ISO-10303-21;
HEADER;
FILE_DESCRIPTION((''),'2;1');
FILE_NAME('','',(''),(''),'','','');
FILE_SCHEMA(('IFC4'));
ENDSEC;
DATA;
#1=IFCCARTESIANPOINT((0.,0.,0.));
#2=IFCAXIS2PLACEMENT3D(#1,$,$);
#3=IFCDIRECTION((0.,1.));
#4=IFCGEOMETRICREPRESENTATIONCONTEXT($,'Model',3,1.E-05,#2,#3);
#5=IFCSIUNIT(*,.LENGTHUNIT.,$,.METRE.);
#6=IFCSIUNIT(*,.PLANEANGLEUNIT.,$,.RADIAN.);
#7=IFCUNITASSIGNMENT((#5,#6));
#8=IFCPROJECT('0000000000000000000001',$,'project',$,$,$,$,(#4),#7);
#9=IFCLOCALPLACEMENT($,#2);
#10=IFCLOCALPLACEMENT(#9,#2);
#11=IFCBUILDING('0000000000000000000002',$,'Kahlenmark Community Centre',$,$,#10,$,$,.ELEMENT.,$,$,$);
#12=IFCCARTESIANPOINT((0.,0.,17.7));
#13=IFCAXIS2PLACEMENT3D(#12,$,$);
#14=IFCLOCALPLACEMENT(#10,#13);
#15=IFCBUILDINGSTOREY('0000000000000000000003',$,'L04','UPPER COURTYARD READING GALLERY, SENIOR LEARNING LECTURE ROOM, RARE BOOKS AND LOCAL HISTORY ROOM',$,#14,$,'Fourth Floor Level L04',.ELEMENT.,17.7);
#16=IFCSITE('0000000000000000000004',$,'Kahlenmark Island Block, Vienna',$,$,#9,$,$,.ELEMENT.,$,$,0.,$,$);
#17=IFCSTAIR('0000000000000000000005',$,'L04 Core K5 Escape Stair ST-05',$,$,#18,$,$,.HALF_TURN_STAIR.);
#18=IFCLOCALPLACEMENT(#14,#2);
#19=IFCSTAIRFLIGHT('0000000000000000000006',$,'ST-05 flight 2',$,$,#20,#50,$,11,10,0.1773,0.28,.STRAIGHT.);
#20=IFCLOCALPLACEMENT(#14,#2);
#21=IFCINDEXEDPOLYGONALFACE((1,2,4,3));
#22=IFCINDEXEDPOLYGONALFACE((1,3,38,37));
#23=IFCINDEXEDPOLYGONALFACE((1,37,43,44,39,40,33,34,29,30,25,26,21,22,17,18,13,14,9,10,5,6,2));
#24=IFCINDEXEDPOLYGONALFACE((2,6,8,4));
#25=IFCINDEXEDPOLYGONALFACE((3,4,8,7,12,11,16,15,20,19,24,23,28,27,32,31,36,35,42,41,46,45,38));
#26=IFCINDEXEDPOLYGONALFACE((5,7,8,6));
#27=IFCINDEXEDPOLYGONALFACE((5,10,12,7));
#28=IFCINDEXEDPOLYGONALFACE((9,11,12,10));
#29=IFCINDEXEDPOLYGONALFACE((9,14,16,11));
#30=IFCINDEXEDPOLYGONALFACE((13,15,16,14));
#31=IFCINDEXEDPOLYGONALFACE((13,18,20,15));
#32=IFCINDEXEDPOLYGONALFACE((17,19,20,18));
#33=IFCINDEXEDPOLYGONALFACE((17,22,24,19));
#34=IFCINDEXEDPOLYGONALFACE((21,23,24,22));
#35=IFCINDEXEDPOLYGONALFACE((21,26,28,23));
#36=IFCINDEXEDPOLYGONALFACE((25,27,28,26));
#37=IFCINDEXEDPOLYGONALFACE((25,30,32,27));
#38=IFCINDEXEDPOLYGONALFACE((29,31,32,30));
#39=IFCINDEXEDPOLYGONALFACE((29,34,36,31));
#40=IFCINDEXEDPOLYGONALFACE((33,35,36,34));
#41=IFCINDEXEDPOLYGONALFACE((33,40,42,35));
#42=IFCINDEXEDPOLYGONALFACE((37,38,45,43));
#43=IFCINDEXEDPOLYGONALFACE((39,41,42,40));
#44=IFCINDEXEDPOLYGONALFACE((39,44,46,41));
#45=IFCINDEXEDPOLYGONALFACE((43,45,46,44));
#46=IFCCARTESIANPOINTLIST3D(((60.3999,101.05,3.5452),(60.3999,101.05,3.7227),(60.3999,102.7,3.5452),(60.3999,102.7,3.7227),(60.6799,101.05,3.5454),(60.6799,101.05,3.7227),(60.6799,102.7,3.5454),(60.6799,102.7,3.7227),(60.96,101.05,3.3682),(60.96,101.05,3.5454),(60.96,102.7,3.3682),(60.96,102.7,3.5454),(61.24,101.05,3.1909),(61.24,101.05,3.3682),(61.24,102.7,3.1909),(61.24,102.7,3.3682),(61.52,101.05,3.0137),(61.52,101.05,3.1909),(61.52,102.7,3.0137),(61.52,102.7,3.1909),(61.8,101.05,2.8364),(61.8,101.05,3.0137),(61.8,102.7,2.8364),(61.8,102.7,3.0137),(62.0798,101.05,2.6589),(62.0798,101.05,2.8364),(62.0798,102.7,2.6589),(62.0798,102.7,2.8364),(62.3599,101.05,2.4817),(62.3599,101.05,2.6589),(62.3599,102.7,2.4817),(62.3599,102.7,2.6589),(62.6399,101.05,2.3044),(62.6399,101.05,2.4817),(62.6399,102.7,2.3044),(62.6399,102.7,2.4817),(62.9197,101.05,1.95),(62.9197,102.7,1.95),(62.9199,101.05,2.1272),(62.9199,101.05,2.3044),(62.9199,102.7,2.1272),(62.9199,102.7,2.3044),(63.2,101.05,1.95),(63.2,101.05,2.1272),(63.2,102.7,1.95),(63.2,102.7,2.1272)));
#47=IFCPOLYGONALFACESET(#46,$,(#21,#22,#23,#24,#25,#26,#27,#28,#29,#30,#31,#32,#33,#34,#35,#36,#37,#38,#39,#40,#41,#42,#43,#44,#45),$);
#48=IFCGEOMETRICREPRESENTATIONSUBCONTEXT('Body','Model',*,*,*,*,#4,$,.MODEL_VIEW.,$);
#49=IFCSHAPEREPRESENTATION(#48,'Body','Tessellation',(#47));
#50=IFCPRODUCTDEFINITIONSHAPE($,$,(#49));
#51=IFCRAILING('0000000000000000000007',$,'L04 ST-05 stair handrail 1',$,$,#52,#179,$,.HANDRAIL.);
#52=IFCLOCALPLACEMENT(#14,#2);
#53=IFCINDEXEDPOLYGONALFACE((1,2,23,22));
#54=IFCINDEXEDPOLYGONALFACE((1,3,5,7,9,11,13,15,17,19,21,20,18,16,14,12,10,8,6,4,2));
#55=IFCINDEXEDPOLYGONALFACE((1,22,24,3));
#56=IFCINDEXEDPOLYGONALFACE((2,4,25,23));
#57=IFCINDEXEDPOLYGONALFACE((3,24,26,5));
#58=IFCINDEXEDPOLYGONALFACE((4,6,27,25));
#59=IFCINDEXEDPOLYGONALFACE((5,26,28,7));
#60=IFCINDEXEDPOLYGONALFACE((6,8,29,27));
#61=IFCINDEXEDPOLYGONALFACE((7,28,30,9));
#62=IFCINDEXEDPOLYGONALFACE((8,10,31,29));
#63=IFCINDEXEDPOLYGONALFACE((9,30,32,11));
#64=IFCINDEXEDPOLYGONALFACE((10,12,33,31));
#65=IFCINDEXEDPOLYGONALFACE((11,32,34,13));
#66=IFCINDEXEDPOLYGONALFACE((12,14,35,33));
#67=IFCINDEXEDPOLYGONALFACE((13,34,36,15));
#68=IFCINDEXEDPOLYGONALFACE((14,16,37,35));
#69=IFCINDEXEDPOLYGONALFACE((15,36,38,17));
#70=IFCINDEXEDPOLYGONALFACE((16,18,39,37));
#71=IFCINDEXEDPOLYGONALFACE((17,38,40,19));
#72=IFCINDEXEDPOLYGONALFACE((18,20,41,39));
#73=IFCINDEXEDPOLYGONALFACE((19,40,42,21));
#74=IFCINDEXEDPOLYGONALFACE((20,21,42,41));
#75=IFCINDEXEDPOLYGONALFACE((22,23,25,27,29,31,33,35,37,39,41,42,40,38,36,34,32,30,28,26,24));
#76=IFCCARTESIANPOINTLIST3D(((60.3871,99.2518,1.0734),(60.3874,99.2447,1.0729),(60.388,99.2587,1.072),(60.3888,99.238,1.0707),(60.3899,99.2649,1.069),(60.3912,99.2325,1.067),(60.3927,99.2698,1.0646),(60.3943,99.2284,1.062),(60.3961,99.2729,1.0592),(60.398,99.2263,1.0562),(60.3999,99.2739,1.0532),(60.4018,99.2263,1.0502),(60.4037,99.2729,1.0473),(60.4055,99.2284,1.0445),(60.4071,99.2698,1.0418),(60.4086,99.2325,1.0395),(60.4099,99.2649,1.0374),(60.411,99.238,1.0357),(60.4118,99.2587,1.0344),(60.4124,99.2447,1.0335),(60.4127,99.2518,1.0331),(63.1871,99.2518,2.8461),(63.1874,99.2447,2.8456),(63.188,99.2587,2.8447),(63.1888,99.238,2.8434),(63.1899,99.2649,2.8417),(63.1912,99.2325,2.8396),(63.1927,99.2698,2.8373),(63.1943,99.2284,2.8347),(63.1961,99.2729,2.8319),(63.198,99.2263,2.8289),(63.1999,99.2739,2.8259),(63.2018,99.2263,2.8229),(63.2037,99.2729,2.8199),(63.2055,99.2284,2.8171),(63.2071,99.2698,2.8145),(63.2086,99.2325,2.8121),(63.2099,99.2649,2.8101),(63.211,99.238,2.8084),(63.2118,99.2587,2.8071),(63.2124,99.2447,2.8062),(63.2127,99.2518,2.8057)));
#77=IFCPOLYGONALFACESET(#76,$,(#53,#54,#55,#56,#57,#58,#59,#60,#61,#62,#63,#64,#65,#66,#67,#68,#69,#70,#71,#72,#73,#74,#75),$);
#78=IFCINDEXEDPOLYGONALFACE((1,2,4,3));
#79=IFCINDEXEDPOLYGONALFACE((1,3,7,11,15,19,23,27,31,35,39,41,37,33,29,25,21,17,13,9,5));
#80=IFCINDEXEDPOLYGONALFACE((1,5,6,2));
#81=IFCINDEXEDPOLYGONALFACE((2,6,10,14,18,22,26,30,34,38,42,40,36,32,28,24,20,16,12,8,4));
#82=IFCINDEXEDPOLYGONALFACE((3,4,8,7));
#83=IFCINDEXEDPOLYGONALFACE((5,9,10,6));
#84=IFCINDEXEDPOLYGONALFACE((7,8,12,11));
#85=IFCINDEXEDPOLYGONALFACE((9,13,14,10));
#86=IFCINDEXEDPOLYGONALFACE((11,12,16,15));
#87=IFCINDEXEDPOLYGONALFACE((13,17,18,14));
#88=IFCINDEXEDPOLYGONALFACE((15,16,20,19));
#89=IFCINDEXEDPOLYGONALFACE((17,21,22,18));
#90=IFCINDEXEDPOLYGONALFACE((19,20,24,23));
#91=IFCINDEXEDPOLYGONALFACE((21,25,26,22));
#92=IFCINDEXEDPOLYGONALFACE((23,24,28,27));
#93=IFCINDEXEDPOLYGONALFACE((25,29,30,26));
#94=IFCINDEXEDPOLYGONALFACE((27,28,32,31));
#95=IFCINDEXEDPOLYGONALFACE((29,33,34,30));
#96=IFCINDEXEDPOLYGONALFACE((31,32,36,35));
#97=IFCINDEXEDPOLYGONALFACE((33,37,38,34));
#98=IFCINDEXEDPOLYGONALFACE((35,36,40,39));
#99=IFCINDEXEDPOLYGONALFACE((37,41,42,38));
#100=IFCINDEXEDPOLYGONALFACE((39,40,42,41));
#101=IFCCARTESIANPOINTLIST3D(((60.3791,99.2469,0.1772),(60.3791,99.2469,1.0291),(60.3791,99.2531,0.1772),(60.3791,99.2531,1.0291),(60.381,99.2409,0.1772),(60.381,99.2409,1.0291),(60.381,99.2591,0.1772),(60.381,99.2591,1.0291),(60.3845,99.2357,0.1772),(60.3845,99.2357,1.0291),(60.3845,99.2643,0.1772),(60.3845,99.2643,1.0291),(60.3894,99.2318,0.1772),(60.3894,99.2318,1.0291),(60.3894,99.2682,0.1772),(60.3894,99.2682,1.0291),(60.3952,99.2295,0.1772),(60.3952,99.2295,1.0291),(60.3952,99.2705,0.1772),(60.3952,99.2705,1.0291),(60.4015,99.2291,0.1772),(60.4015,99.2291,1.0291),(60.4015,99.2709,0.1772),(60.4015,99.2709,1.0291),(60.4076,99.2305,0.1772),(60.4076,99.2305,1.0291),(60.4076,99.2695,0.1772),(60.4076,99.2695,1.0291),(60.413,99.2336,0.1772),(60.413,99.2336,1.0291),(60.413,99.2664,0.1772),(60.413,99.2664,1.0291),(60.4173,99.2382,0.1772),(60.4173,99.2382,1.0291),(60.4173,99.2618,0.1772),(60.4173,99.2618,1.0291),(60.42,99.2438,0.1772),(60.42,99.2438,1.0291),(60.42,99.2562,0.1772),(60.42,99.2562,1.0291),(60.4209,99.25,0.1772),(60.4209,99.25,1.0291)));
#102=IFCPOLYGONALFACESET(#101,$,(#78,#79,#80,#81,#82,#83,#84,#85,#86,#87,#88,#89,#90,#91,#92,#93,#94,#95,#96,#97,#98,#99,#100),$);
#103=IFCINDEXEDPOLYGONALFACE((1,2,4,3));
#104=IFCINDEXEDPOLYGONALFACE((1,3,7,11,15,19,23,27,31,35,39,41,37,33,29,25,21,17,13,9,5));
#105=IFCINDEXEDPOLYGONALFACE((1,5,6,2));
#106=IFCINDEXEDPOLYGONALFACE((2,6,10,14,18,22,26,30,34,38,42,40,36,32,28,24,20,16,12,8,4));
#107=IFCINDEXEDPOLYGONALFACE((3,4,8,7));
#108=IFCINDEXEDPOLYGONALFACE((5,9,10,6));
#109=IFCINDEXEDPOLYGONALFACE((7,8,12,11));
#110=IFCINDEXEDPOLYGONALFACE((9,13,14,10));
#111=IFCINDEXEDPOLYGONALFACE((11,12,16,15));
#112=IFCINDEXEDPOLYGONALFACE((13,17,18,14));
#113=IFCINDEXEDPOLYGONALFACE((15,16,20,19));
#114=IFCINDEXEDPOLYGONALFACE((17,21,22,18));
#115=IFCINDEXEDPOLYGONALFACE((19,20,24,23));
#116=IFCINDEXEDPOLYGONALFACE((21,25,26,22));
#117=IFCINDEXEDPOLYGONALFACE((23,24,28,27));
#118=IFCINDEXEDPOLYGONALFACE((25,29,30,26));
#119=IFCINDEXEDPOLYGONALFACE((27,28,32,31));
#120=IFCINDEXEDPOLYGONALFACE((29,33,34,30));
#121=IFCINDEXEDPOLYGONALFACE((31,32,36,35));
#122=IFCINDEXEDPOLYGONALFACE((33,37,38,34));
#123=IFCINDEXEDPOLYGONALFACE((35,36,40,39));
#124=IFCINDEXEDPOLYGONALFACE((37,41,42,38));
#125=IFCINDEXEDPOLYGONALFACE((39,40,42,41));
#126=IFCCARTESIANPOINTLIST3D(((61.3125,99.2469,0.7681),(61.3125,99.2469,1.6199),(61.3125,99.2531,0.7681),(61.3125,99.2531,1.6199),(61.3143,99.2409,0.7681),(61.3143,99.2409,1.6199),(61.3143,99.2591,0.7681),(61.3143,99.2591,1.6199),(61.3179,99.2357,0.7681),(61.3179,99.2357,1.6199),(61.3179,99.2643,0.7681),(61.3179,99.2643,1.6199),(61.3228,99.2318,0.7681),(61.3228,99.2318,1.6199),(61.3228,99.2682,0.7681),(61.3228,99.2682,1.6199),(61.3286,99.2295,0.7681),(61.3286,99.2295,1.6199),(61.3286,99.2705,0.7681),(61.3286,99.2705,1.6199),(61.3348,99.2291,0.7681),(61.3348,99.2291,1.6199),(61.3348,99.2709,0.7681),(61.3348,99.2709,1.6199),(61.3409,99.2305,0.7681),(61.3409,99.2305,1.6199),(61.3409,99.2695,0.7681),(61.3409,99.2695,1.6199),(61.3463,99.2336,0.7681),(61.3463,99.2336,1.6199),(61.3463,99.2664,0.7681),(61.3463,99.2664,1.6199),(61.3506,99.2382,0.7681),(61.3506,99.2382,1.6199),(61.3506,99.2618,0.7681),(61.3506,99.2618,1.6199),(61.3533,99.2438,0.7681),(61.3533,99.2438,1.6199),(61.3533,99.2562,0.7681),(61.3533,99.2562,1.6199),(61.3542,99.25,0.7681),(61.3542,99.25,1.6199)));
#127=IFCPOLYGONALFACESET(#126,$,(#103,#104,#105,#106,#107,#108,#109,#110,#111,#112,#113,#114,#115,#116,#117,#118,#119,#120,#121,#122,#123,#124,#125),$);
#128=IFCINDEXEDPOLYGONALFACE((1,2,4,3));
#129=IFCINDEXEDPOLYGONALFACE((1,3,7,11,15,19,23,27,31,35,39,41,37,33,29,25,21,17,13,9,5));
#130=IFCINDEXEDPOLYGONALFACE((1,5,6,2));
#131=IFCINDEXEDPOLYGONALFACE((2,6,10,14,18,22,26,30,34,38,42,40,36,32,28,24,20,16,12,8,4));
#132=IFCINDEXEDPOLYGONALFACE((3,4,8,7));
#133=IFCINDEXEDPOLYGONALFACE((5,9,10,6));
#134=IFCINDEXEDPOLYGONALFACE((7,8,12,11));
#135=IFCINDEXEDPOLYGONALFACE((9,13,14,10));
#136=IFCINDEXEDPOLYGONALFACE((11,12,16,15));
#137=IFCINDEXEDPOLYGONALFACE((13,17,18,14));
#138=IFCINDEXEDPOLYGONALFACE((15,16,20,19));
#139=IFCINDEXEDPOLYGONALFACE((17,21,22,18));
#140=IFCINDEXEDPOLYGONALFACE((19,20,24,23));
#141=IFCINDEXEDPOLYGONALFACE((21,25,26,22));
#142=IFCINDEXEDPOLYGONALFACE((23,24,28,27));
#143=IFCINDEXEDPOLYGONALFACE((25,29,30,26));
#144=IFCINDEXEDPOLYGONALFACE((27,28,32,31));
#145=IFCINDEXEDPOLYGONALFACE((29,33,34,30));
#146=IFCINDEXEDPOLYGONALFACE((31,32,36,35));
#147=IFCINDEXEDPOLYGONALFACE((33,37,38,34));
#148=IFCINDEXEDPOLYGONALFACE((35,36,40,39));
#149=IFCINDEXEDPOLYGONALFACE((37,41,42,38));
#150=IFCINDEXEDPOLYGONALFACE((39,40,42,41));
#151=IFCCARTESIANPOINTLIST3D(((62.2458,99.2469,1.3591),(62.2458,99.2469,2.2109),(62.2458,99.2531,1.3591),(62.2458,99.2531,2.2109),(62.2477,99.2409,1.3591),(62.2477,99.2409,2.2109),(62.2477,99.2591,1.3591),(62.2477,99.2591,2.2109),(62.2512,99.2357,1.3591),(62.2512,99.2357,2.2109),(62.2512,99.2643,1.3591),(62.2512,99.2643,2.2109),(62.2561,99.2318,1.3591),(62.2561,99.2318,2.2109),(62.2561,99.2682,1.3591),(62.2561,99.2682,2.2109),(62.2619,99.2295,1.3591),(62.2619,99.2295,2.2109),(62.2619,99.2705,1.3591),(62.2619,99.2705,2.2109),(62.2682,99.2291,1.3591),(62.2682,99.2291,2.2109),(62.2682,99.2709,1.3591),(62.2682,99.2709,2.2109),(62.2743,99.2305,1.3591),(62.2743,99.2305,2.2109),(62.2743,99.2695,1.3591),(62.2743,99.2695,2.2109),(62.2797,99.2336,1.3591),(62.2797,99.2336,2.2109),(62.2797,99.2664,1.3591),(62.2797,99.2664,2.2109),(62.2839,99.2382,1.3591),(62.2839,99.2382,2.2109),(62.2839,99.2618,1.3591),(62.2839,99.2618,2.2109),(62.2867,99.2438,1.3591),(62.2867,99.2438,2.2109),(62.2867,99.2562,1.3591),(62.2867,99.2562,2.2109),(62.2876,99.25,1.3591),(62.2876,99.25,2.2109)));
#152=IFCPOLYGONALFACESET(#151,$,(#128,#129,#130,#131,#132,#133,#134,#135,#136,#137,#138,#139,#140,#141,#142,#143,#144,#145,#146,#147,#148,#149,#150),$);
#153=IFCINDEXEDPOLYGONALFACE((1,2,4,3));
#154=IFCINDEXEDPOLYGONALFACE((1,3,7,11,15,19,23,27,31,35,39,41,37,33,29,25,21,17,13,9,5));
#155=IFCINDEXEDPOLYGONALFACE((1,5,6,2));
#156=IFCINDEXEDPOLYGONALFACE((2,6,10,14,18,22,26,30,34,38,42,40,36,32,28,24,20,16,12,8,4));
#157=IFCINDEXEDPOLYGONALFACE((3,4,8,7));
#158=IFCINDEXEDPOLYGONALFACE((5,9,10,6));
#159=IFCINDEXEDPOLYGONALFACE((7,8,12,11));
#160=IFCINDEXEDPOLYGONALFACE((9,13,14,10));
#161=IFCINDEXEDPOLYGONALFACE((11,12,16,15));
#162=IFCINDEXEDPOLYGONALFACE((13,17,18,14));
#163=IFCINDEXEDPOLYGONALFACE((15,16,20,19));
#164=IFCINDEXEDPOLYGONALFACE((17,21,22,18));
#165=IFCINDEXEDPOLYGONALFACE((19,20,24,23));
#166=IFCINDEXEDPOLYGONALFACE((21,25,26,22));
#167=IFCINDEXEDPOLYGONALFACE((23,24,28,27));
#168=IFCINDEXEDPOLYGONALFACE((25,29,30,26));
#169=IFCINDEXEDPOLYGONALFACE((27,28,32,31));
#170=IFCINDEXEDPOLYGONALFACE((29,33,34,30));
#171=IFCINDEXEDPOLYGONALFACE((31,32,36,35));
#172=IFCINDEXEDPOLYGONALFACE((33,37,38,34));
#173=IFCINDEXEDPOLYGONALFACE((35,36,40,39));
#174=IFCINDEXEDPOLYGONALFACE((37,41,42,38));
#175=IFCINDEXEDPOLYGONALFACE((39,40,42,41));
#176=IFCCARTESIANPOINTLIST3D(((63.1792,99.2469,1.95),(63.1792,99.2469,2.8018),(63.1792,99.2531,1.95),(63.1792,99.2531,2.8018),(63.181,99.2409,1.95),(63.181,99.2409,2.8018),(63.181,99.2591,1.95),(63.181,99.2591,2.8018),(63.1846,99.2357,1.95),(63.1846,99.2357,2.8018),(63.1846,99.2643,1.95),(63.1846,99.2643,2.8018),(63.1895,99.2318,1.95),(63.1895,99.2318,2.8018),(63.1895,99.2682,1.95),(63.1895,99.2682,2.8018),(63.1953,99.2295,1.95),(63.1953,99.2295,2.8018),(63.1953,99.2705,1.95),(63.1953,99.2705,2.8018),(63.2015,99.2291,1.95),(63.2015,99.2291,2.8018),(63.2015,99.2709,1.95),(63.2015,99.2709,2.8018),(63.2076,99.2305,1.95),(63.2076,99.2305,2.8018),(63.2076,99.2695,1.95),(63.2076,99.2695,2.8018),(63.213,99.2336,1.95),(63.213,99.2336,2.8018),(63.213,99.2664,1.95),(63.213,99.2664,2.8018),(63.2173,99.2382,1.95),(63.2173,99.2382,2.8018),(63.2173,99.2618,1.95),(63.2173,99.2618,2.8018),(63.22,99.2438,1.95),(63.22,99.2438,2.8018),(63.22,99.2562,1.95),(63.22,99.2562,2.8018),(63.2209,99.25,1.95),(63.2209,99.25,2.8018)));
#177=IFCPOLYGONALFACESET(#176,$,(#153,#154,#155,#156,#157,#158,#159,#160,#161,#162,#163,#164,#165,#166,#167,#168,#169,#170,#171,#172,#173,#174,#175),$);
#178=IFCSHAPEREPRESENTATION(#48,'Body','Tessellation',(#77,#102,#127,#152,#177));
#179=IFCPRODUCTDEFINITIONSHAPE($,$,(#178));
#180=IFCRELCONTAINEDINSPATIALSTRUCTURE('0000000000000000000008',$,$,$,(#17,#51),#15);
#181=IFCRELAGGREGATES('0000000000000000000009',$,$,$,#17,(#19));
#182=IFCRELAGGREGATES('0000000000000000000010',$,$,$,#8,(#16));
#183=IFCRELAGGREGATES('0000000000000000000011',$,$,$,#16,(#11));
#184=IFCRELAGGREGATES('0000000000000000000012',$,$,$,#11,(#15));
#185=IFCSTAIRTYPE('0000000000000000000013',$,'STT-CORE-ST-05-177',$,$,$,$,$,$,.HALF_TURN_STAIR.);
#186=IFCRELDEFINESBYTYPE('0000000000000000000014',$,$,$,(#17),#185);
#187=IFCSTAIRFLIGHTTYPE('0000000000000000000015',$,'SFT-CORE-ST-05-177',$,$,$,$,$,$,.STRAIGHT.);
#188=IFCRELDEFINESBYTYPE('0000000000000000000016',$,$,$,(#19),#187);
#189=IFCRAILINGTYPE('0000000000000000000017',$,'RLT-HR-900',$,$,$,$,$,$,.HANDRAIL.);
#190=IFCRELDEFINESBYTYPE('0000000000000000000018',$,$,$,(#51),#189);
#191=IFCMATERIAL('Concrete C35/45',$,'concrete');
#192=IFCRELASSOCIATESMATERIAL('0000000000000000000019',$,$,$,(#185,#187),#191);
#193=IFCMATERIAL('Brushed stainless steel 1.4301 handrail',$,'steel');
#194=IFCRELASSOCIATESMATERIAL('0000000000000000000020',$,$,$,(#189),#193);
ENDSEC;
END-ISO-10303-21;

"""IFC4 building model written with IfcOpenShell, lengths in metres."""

from ifc_helpers import new_model, si_unit, direction, frame, origin, origin_2d, place, context, subcontext, project, spatial, polyline, circle, outline, extrude, material, type_object, element, aggregate, save


model = new_model("IFC4")

# Units and contexts
model_context = context("Model", 3, precision=1e-05, world=origin(), true_north=direction((0.0, 1.0)))
body_context = subcontext(model_context, "Body", "Model", "MODEL_VIEW")
ifc_project = project(units=[si_unit("LENGTHUNIT", "METRE"), si_unit("PLANEANGLEUNIT", "RADIAN")], contexts=[model_context])

# Site, building, storey
site_placement = place(None, origin())
site = spatial("IfcSite", under=ifc_project, at=site_placement, Name="Kahlenmark Island Block, Vienna", CompositionType="ELEMENT", RefElevation=0.0)
building_placement = place(site_placement, origin())
building = spatial("IfcBuilding", under=site, at=building_placement, Name="Kahlenmark Community Centre", CompositionType="ELEMENT")
storey_placement = place(building_placement, frame((0.0, 0.0, 17.7)))
storey = spatial("IfcBuildingStorey", under=building, at=storey_placement, Name="L04", Description="UPPER COURTYARD READING GALLERY, SENIOR LEARNING LECTURE ROOM, RARE BOOKS AND LOCAL HISTORY ROOM", LongName="Fourth Floor Level L04", CompositionType="ELEMENT", Elevation=17.7)

# Shared definitions
ifc_material_1 = material(Name="Concrete C35/45", Category="concrete")

# Stair, stair flight
stair_type = type_object("IfcStairType", Name="STT-CORE-ST-05-177", PredefinedType="HALF_TURN_STAIR", material=ifc_material_1)
stair_placement = place(storey_placement, origin())
stair = element("IfcStair", 1, at=stair_placement, inside=storey, type_object=stair_type, Name="L04 Core K5 Escape Stair ST-05", PredefinedType="HALF_TURN_STAIR")
stair_flight_type = type_object("IfcStairFlightType", Name="SFT-CORE-ST-05-177", PredefinedType="STRAIGHT", material=ifc_material_1)
stair_flight_1_placement = place(storey_placement, frame((63.2, 101.875, 1.95), z_axis=(0.0, 0.0, 1.0), x_axis=(-1.0, 0.0, 0.0)))
stair_flight_1 = element("IfcStairFlight", 2, at=stair_flight_1_placement, type_object=stair_flight_type, Name="ST-05 flight 2", NumberOfRisers=11, NumberOfTreads=10, PredefinedType="STRAIGHT", RiserHeight=0.1773, TreadLength=0.28, context=body_context, shape_type="SweptSolid", body=[
    extrude(outline(polyline([(0.0, 0.0), (0.0, 0.1772), (0.28, 0.1772), (0.28, 0.3545), (0.5601, 0.3545), (0.5601, 0.5317), (0.8401, 0.5317), (0.8401, 0.709), (1.1201, 0.709), (1.1201, 0.8865), (1.3999, 0.8865), (1.3999, 1.0637), (1.6799, 1.0637), (1.6799, 1.241), (1.96, 1.241), (1.96, 1.4182), (2.24, 1.4182), (2.24, 1.5955), (2.52, 1.5955), (2.52, 1.7727), (2.8, 1.7727), (2.8, 1.95), (2.8, 1.5952), (0.2803, 0.0), (0.0, 0.0)])), frame((0.0, 0.825, 0.0), z_axis=(0.0, -1.0, 0.0), x_axis=(1.0, 0.0, 0.0)), (0.0, 0.0, 1.0), 1.6499),
])
aggregate(stair, [stair_flight_1])

# Railing
ifc_material_2 = material(Name="Brushed stainless steel 1.4301 handrail", Category="steel")
railing_type_1 = type_object("IfcRailingType", Name="RLT-HR-900", PredefinedType="HANDRAIL", material=ifc_material_2)
railing_1_placement = place(storey_placement, frame((60.3999, 99.25, 0.1772)))
element("IfcRailing", 3, at=railing_1_placement, inside=storey, type_object=railing_type_1, Name="L04 ST-05 stair handrail 1", PredefinedType="HANDRAIL", context=body_context, shape_type="SweptSolid", body=[
    extrude(circle(Radius=0.0239, at=origin_2d()), frame((0.0, 0.0, 0.876), z_axis=(0.844909, 0.0, 0.53491), x_axis=(0.0, 1.0, 0.0)), (0.0, 0.0, 1.0), 3.314),
    extrude(circle(Radius=0.021, at=origin_2d()), origin(), (0.0, 0.0, 1.0), 0.8518),
    extrude(circle(Radius=0.021, at=origin_2d()), frame((0.9333, 0.0, 0.5908)), (0.0, 0.0, 1.0), 0.8518),
    extrude(circle(Radius=0.021, at=origin_2d()), frame((1.8667, 0.0, 1.1819)), (0.0, 0.0, 1.0), 0.8518),
    extrude(circle(Radius=0.021, at=origin_2d()), frame((2.8, 0.0, 1.7727)), (0.0, 0.0, 1.0), 0.8518),
])

save(model, "model.ifc")
